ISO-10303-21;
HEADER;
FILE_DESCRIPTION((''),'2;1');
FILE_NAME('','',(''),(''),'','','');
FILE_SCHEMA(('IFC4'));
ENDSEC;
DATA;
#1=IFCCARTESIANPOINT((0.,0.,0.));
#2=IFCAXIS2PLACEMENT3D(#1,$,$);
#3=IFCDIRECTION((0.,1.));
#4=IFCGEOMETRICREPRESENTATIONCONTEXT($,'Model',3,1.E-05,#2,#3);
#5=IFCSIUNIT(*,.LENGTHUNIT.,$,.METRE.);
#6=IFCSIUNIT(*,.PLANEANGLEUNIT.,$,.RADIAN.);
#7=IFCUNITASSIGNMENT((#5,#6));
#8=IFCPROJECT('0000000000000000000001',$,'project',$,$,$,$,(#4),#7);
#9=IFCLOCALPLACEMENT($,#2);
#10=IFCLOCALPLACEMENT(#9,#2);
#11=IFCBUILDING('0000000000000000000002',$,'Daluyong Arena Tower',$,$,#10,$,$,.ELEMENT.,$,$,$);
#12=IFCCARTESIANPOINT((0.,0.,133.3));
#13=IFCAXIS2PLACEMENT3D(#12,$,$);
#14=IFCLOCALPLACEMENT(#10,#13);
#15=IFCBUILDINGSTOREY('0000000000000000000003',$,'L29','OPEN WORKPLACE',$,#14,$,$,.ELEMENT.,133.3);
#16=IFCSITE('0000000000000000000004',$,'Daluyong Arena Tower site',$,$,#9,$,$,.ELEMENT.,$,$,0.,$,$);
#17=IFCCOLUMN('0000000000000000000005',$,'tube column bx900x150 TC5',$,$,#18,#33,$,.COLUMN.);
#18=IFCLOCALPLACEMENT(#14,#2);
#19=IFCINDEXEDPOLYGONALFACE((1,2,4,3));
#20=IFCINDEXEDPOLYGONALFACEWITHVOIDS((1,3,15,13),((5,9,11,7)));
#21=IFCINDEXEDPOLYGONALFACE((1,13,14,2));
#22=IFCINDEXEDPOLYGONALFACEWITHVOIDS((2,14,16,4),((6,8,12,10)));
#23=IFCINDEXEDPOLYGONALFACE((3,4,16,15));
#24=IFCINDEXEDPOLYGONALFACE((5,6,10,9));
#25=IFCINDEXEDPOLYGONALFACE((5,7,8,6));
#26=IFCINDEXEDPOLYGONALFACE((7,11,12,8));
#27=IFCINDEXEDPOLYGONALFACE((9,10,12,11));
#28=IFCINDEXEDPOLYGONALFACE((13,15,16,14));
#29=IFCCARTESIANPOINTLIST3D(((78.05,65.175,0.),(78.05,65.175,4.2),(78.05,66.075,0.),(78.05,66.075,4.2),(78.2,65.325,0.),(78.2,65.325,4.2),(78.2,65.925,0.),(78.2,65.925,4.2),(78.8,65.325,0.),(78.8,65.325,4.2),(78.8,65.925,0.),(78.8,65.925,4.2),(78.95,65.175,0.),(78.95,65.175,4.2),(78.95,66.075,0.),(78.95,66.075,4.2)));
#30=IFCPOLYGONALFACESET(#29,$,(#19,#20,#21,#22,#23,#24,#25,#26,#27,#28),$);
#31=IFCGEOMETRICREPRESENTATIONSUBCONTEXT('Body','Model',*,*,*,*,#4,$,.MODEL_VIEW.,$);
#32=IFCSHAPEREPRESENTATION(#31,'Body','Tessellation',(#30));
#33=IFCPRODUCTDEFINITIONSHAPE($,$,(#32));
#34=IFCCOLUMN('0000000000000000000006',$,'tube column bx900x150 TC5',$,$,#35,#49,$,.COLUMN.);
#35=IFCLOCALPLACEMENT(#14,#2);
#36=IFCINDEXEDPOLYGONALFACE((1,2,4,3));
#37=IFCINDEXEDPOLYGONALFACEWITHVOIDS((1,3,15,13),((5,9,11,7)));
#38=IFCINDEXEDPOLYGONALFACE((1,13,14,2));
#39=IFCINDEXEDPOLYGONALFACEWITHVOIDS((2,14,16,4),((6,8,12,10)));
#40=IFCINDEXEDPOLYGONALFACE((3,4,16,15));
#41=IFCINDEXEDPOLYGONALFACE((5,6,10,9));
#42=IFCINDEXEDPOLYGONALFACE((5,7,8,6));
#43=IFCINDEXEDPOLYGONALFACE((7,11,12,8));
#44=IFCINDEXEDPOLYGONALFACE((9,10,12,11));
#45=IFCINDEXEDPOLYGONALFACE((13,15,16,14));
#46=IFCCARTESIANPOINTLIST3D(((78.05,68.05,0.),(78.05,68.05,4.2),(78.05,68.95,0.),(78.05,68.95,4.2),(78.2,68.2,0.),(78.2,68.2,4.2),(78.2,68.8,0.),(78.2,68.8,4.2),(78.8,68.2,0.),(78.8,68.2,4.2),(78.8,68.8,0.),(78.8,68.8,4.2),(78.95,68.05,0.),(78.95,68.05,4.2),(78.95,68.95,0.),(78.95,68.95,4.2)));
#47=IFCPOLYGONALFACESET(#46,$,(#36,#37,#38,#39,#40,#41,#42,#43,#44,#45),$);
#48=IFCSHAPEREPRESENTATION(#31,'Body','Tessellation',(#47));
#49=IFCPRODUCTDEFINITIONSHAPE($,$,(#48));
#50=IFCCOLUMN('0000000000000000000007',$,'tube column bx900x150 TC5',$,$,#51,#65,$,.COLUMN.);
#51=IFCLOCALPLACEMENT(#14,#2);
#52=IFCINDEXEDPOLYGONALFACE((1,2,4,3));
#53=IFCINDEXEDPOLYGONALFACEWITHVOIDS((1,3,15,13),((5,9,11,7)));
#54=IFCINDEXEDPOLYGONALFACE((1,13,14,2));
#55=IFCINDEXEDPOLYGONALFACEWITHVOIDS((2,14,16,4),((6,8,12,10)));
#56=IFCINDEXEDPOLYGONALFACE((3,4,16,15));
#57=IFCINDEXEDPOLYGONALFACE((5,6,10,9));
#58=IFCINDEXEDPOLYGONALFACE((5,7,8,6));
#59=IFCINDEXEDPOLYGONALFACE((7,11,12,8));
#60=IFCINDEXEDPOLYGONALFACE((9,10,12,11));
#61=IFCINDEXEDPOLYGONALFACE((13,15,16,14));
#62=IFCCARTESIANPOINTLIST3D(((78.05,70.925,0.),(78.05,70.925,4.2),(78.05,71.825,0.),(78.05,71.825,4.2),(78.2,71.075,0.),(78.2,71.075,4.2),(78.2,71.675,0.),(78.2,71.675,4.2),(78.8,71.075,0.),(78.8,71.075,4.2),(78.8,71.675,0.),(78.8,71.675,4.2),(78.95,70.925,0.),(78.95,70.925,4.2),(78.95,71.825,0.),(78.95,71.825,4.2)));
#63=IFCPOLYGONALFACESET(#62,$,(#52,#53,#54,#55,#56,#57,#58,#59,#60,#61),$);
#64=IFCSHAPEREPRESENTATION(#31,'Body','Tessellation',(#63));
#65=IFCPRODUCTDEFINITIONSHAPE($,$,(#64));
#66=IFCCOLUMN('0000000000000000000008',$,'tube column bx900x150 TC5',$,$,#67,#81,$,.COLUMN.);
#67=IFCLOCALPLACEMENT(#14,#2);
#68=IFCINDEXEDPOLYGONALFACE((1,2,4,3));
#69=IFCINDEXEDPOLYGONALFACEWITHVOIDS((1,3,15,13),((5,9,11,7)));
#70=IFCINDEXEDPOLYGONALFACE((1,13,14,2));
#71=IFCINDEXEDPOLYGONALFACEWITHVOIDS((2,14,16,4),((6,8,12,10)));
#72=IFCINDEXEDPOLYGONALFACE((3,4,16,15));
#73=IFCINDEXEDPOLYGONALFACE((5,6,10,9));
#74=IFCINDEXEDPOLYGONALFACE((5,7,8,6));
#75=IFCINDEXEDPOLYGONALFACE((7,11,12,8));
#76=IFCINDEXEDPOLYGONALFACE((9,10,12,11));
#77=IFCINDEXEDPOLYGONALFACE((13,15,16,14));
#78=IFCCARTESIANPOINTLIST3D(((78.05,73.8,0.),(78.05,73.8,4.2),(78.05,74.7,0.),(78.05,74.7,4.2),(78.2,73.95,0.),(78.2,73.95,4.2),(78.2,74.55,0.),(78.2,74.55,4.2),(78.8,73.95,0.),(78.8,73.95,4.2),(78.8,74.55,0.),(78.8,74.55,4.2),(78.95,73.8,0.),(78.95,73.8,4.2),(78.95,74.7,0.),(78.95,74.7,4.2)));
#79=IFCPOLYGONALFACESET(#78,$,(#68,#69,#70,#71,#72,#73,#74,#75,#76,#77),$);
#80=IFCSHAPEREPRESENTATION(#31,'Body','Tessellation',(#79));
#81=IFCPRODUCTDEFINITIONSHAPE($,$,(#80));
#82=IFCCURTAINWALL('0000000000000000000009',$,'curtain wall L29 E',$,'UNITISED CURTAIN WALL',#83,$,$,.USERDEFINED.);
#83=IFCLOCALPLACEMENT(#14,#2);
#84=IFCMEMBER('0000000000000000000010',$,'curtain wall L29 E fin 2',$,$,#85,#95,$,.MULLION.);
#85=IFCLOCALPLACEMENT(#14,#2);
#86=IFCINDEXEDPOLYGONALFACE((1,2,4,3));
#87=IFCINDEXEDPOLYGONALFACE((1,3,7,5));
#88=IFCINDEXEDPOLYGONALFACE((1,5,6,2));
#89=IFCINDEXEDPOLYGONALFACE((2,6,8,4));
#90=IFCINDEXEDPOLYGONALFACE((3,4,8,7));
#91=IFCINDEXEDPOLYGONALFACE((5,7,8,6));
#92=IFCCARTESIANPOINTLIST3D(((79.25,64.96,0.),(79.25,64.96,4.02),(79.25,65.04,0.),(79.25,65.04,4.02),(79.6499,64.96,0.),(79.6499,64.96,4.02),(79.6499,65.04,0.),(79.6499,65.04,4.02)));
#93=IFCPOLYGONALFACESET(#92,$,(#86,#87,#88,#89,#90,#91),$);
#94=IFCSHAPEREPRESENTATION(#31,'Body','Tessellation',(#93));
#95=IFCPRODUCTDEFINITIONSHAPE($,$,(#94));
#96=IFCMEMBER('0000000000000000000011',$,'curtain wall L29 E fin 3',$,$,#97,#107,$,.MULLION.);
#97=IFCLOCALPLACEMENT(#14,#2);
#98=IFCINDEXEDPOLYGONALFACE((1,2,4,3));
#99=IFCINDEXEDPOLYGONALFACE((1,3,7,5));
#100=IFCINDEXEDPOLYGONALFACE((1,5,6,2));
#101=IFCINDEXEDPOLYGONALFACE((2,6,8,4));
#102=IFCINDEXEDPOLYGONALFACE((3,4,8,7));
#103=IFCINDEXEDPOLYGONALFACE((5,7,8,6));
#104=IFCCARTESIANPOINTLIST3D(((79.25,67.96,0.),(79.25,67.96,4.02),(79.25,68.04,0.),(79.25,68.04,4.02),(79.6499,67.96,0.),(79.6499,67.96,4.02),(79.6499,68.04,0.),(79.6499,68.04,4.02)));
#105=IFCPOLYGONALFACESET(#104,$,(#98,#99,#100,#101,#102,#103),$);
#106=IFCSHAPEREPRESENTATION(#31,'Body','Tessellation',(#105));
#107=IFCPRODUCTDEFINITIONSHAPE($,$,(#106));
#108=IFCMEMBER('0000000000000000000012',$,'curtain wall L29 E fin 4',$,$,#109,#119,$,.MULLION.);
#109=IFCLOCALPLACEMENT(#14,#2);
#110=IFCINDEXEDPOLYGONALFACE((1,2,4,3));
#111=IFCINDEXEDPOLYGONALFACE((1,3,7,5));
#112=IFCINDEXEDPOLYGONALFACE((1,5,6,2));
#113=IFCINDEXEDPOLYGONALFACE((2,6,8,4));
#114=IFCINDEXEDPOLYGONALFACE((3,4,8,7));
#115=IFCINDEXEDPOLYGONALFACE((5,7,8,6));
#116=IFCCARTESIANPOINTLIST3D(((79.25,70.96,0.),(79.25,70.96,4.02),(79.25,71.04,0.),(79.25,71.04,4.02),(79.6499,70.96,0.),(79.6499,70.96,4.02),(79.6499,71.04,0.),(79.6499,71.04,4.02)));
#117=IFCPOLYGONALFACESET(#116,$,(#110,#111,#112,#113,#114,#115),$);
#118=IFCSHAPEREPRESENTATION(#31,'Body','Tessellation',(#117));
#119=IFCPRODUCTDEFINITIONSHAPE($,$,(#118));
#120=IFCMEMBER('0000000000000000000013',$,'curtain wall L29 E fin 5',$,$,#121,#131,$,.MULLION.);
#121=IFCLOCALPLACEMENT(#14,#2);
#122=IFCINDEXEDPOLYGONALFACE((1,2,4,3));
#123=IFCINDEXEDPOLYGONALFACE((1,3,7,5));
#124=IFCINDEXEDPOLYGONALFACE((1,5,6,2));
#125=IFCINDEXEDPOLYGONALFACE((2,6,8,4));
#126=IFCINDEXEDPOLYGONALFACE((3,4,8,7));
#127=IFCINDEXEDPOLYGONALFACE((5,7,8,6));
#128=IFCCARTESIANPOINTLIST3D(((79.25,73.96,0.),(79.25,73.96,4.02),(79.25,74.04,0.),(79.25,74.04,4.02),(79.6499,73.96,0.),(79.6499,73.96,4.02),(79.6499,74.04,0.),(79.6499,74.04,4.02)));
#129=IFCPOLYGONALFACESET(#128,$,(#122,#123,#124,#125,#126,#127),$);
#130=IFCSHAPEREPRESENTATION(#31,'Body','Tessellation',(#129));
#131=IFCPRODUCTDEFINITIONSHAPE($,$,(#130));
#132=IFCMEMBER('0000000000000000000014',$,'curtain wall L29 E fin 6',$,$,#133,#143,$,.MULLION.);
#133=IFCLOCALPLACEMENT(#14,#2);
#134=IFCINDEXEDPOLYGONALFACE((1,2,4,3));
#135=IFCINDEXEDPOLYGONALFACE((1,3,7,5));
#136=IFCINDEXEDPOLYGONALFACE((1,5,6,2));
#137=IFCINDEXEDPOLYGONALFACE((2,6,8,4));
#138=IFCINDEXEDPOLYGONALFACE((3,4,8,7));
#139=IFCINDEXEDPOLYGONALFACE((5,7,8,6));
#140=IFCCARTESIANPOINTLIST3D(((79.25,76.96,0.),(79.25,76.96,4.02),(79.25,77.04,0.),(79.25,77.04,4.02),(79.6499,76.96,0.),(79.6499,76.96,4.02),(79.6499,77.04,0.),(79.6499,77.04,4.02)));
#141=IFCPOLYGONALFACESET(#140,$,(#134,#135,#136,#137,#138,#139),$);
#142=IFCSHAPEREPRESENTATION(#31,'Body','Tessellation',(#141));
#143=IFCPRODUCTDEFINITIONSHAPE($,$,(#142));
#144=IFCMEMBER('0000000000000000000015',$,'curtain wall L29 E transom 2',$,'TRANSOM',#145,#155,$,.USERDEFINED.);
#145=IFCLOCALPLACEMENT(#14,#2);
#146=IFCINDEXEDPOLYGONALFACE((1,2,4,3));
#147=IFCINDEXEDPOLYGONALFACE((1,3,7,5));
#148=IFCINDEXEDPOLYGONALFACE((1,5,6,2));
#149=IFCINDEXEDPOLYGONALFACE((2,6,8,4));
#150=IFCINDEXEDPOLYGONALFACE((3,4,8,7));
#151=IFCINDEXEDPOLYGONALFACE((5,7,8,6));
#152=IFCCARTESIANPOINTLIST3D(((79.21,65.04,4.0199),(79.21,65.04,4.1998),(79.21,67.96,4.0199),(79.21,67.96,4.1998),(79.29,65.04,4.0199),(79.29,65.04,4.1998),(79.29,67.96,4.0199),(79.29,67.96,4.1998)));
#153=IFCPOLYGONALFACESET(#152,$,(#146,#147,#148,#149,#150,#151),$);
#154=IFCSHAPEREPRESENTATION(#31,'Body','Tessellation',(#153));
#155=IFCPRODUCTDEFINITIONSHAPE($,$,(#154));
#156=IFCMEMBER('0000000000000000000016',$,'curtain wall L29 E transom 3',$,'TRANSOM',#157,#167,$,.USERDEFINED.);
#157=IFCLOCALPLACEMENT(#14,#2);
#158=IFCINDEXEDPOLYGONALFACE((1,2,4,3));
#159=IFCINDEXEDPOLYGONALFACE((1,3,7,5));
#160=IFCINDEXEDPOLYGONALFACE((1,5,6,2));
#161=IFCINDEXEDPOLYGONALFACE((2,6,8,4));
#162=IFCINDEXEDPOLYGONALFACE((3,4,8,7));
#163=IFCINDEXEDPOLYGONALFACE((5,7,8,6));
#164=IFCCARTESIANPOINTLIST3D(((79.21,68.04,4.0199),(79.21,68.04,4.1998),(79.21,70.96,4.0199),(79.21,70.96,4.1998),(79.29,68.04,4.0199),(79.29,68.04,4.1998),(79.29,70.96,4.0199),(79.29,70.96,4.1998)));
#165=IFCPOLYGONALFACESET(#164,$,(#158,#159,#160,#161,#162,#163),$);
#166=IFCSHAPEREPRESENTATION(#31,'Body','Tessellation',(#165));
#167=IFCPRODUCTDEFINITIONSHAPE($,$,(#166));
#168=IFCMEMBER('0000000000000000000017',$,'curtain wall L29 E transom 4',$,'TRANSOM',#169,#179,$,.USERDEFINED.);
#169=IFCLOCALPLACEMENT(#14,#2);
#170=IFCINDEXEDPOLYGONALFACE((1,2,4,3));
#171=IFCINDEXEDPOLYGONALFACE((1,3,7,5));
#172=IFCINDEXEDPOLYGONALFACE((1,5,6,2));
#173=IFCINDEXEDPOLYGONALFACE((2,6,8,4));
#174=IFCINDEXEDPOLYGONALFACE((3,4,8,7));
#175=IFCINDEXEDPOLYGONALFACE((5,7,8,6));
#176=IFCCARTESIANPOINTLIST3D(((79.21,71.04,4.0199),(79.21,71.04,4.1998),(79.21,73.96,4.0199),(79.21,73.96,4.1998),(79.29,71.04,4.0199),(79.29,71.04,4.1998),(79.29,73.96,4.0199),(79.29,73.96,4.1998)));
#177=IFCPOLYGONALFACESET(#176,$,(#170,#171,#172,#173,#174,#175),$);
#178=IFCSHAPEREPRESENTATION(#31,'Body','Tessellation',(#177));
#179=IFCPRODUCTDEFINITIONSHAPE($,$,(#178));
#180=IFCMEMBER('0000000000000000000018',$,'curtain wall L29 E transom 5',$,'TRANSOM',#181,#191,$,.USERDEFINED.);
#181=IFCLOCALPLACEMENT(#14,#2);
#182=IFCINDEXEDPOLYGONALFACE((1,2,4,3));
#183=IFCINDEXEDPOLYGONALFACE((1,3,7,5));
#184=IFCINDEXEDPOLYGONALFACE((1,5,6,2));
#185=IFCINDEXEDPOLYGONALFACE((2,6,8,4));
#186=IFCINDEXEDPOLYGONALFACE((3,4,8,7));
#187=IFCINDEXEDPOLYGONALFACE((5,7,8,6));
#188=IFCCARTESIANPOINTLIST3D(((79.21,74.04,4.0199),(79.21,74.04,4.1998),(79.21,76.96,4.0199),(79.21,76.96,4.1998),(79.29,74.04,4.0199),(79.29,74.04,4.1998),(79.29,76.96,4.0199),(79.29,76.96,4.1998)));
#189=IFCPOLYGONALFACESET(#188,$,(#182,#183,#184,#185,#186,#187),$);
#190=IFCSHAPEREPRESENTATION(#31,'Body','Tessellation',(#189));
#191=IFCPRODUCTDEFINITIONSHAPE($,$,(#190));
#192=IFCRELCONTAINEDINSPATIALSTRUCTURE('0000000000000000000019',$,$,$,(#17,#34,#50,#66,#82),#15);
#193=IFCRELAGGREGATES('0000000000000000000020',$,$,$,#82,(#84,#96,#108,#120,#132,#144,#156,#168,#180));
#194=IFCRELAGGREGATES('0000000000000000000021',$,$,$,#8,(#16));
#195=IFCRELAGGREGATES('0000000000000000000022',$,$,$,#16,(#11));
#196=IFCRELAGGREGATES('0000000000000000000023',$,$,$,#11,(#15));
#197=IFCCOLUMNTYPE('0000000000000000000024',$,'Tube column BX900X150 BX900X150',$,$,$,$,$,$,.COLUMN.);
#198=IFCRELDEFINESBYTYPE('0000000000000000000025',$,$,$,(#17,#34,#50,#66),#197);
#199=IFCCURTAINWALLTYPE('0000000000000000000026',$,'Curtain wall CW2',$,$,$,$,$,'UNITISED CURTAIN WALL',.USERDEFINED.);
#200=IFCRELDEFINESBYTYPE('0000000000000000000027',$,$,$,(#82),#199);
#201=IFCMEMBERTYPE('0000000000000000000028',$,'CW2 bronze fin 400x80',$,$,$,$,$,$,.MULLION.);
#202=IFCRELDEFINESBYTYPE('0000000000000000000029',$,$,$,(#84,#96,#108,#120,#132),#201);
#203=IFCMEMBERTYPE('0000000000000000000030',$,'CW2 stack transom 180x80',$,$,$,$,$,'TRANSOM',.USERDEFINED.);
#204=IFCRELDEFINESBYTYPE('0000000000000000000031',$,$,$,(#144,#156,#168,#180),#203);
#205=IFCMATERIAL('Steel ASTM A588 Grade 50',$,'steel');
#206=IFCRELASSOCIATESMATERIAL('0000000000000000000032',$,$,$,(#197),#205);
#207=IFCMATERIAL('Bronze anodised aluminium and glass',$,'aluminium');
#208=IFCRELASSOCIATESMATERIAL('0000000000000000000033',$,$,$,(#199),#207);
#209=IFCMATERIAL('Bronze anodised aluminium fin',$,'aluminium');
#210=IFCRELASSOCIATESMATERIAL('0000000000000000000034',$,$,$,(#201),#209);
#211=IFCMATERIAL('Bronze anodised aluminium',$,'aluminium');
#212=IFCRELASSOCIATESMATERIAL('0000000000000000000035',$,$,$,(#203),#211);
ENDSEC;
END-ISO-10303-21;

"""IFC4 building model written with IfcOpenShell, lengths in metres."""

from ifc_helpers import new_model, si_unit, direction, frame, origin, origin_2d, place, context, subcontext, project, spatial, rectangle, hollow_rectangle, extrude, material, material_profile, profile_set, type_object, element, aggregate, save


model = new_model("IFC4")

# Units and contexts
model_context = context("Model", 3, precision=1e-05, world=origin(), true_north=direction((0.0, 1.0)))
body_context = subcontext(model_context, "Body", "Model", "MODEL_VIEW")
ifc_project = project(units=[si_unit("LENGTHUNIT", "METRE"), si_unit("PLANEANGLEUNIT", "RADIAN")], contexts=[model_context])

# Site, building, storey
site_placement = place(None, origin())
site = spatial("IfcSite", under=ifc_project, at=site_placement, Name="Daluyong Arena Tower site", CompositionType="ELEMENT", RefElevation=0.0)
building_placement = place(site_placement, origin())
building = spatial("IfcBuilding", under=site, at=building_placement, Name="Daluyong Arena Tower", CompositionType="ELEMENT")
storey_placement = place(building_placement, frame((0.0, 0.0, 133.3)))
storey = spatial("IfcBuildingStorey", under=building, at=storey_placement, Name="L29", Description="OPEN WORKPLACE", CompositionType="ELEMENT", Elevation=133.3)

# Columns
ifc_material_1 = material(Name="Steel ASTM A588 Grade 50", Category="steel")
ifc_material_profile_1 = material_profile(ifc_material_1, hollow_rectangle(XDim=0.8999, YDim=0.8999, WallThickness=0.15, at=origin_2d()))
ifc_profile_set_1 = profile_set([ifc_material_profile_1], Name="Steel ASTM A588 Grade 50")
column_type = type_object("IfcColumnType", Name="Tube column BX900X150 BX900X150", PredefinedType="COLUMN", material=ifc_profile_set_1)
for number, where, z_axis, x_axis, name in (
    (1, (78.5, 65.625, 0.0), (0.0, 0.0, 1.0), (0.0, 1.0, 0.0), "tube column bx900x150 TC5"),
    (2, (78.5, 68.5, 0.0), (0.0, 0.0, 1.0), (0.0, 1.0, 0.0), "tube column bx900x150 TC5"),
    (3, (78.5, 71.375, 0.0), (0.0, 0.0, 1.0), (0.0, 1.0, 0.0), "tube column bx900x150 TC5"),
    (4, (78.5, 74.25, 0.0), (0.0, 0.0, 1.0), (0.0, 1.0, 0.0), "tube column bx900x150 TC5"),
):
    element("IfcColumn", number, at=place(storey_placement, frame(where, z_axis=z_axis, x_axis=x_axis)), inside=storey, type_object=column_type, Name=name, PredefinedType="COLUMN", context=body_context, shape_type="SweptSolid", body=[
        extrude(hollow_rectangle(XDim=0.8999, YDim=0.8999, WallThickness=0.15, at=origin_2d()), origin(), (0.0, 0.0, 1.0), 4.2),
    ])

# Curtain wall, members
ifc_material_2 = material(Name="Bronze anodised aluminium and glass", Category="aluminium")
curtain_wall_type = type_object("IfcCurtainWallType", Name="Curtain wall CW2", ElementType="UNITISED CURTAIN WALL", PredefinedType="USERDEFINED", material=ifc_material_2)
curtain_wall_placement = place(storey_placement, origin())
curtain_wall = element("IfcCurtainWall", 5, at=curtain_wall_placement, inside=storey, type_object=curtain_wall_type, Name="curtain wall L29 E", ObjectType="UNITISED CURTAIN WALL", PredefinedType="USERDEFINED")
ifc_material_3 = material(Name="Bronze anodised aluminium fin", Category="aluminium")
ifc_material_profile_2 = material_profile(ifc_material_3, rectangle(XDim=0.3999, YDim=0.0801, at=origin_2d()))
ifc_profile_set_2 = profile_set([ifc_material_profile_2], Name="Bronze anodised aluminium fin")
member_type_1 = type_object("IfcMemberType", Name="CW2 bronze fin 400x80", PredefinedType="MULLION", material=ifc_profile_set_2)
member_1_placement = place(storey_placement, frame((79.45, 65.0, 0.0), z_axis=(0.0, 0.0, 1.0), x_axis=(-1.0, 0.0, 0.0)))
member_1 = element("IfcMember", 6, at=member_1_placement, type_object=member_type_1, Name="curtain wall L29 E fin 2", PredefinedType="MULLION", context=body_context, shape_type="SweptSolid", body=[
    extrude(rectangle(XDim=0.3999, YDim=0.0801, at=origin_2d()), origin(), (0.0, 0.0, 1.0), 4.02),
])
member_2_placement = place(storey_placement, frame((79.45, 68.0, 0.0), z_axis=(0.0, 0.0, 1.0), x_axis=(-1.0, 0.0, 0.0)))
member_2 = element("IfcMember", 7, at=member_2_placement, type_object=member_type_1, Name="curtain wall L29 E fin 3", PredefinedType="MULLION", context=body_context, shape_type="SweptSolid", body=[
    extrude(rectangle(XDim=0.3999, YDim=0.0801, at=origin_2d()), origin(), (0.0, 0.0, 1.0), 4.02),
])
member_3_placement = place(storey_placement, frame((79.45, 71.0, 0.0), z_axis=(0.0, 0.0, 1.0), x_axis=(-1.0, 0.0, 0.0)))
member_3 = element("IfcMember", 8, at=member_3_placement, type_object=member_type_1, Name="curtain wall L29 E fin 4", PredefinedType="MULLION", context=body_context, shape_type="SweptSolid", body=[
    extrude(rectangle(XDim=0.3999, YDim=0.0801, at=origin_2d()), origin(), (0.0, 0.0, 1.0), 4.02),
])
member_4_placement = place(storey_placement, frame((79.45, 74.0, 0.0), z_axis=(0.0, 0.0, 1.0), x_axis=(-1.0, 0.0, 0.0)))
member_4 = element("IfcMember", 9, at=member_4_placement, type_object=member_type_1, Name="curtain wall L29 E fin 5", PredefinedType="MULLION", context=body_context, shape_type="SweptSolid", body=[
    extrude(rectangle(XDim=0.3999, YDim=0.0801, at=origin_2d()), origin(), (0.0, 0.0, 1.0), 4.02),
])
member_5_placement = place(storey_placement, frame((79.45, 77.0, 0.0), z_axis=(0.0, 0.0, 1.0), x_axis=(-1.0, 0.0, 0.0)))
member_5 = element("IfcMember", 10, at=member_5_placement, type_object=member_type_1, Name="curtain wall L29 E fin 6", PredefinedType="MULLION", context=body_context, shape_type="SweptSolid", body=[
    extrude(rectangle(XDim=0.3999, YDim=0.0801, at=origin_2d()), origin(), (0.0, 0.0, 1.0), 4.02),
])
ifc_material_4 = material(Name="Bronze anodised aluminium", Category="aluminium")
ifc_material_profile_3 = material_profile(ifc_material_4, rectangle(XDim=0.0801, YDim=0.1799, at=origin_2d()))
ifc_profile_set_3 = profile_set([ifc_material_profile_3], Name="Bronze anodised aluminium")
member_type_2 = type_object("IfcMemberType", Name="CW2 stack transom 180x80", ElementType="TRANSOM", PredefinedType="USERDEFINED", material=ifc_profile_set_3)
member_6_placement = place(storey_placement, frame((79.25, 65.04, 4.1099), z_axis=(0.0, 1.0, 0.0), x_axis=(-1.0, 0.0, 0.0)))
member_6 = element("IfcMember", 11, at=member_6_placement, type_object=member_type_2, Name="curtain wall L29 E transom 2", ObjectType="TRANSOM", PredefinedType="USERDEFINED", context=body_context, shape_type="SweptSolid", body=[
    extrude(rectangle(XDim=0.0801, YDim=0.1799, at=origin_2d()), origin(), (0.0, 0.0, 1.0), 2.9199),
])
member_7_placement = place(storey_placement, frame((79.25, 68.04, 4.1099), z_axis=(0.0, 1.0, 0.0), x_axis=(-1.0, 0.0, 0.0)))
member_7 = element("IfcMember", 12, at=member_7_placement, type_object=member_type_2, Name="curtain wall L29 E transom 3", ObjectType="TRANSOM", PredefinedType="USERDEFINED", context=body_context, shape_type="SweptSolid", body=[
    extrude(rectangle(XDim=0.0801, YDim=0.1799, at=origin_2d()), origin(), (0.0, 0.0, 1.0), 2.9199),
])
member_8_placement = place(storey_placement, frame((79.25, 71.04, 4.1099), z_axis=(0.0, 1.0, 0.0), x_axis=(-1.0, 0.0, 0.0)))
member_8 = element("IfcMember", 13, at=member_8_placement, type_object=member_type_2, Name="curtain wall L29 E transom 4", ObjectType="TRANSOM", PredefinedType="USERDEFINED", context=body_context, shape_type="SweptSolid", body=[
    extrude(rectangle(XDim=0.0801, YDim=0.1799, at=origin_2d()), origin(), (0.0, 0.0, 1.0), 2.9199),
])
member_9_placement = place(storey_placement, frame((79.25, 74.04, 4.1099), z_axis=(0.0, 1.0, 0.0), x_axis=(-1.0, 0.0, 0.0)))
member_9 = element("IfcMember", 14, at=member_9_placement, type_object=member_type_2, Name="curtain wall L29 E transom 5", ObjectType="TRANSOM", PredefinedType="USERDEFINED", context=body_context, shape_type="SweptSolid", body=[
    extrude(rectangle(XDim=0.0801, YDim=0.1799, at=origin_2d()), origin(), (0.0, 0.0, 1.0), 2.9199),
])

aggregate(curtain_wall, [member_1, member_2, member_3, member_4, member_5, member_6, member_7, member_8, member_9])

save(model, "model.ifc")
